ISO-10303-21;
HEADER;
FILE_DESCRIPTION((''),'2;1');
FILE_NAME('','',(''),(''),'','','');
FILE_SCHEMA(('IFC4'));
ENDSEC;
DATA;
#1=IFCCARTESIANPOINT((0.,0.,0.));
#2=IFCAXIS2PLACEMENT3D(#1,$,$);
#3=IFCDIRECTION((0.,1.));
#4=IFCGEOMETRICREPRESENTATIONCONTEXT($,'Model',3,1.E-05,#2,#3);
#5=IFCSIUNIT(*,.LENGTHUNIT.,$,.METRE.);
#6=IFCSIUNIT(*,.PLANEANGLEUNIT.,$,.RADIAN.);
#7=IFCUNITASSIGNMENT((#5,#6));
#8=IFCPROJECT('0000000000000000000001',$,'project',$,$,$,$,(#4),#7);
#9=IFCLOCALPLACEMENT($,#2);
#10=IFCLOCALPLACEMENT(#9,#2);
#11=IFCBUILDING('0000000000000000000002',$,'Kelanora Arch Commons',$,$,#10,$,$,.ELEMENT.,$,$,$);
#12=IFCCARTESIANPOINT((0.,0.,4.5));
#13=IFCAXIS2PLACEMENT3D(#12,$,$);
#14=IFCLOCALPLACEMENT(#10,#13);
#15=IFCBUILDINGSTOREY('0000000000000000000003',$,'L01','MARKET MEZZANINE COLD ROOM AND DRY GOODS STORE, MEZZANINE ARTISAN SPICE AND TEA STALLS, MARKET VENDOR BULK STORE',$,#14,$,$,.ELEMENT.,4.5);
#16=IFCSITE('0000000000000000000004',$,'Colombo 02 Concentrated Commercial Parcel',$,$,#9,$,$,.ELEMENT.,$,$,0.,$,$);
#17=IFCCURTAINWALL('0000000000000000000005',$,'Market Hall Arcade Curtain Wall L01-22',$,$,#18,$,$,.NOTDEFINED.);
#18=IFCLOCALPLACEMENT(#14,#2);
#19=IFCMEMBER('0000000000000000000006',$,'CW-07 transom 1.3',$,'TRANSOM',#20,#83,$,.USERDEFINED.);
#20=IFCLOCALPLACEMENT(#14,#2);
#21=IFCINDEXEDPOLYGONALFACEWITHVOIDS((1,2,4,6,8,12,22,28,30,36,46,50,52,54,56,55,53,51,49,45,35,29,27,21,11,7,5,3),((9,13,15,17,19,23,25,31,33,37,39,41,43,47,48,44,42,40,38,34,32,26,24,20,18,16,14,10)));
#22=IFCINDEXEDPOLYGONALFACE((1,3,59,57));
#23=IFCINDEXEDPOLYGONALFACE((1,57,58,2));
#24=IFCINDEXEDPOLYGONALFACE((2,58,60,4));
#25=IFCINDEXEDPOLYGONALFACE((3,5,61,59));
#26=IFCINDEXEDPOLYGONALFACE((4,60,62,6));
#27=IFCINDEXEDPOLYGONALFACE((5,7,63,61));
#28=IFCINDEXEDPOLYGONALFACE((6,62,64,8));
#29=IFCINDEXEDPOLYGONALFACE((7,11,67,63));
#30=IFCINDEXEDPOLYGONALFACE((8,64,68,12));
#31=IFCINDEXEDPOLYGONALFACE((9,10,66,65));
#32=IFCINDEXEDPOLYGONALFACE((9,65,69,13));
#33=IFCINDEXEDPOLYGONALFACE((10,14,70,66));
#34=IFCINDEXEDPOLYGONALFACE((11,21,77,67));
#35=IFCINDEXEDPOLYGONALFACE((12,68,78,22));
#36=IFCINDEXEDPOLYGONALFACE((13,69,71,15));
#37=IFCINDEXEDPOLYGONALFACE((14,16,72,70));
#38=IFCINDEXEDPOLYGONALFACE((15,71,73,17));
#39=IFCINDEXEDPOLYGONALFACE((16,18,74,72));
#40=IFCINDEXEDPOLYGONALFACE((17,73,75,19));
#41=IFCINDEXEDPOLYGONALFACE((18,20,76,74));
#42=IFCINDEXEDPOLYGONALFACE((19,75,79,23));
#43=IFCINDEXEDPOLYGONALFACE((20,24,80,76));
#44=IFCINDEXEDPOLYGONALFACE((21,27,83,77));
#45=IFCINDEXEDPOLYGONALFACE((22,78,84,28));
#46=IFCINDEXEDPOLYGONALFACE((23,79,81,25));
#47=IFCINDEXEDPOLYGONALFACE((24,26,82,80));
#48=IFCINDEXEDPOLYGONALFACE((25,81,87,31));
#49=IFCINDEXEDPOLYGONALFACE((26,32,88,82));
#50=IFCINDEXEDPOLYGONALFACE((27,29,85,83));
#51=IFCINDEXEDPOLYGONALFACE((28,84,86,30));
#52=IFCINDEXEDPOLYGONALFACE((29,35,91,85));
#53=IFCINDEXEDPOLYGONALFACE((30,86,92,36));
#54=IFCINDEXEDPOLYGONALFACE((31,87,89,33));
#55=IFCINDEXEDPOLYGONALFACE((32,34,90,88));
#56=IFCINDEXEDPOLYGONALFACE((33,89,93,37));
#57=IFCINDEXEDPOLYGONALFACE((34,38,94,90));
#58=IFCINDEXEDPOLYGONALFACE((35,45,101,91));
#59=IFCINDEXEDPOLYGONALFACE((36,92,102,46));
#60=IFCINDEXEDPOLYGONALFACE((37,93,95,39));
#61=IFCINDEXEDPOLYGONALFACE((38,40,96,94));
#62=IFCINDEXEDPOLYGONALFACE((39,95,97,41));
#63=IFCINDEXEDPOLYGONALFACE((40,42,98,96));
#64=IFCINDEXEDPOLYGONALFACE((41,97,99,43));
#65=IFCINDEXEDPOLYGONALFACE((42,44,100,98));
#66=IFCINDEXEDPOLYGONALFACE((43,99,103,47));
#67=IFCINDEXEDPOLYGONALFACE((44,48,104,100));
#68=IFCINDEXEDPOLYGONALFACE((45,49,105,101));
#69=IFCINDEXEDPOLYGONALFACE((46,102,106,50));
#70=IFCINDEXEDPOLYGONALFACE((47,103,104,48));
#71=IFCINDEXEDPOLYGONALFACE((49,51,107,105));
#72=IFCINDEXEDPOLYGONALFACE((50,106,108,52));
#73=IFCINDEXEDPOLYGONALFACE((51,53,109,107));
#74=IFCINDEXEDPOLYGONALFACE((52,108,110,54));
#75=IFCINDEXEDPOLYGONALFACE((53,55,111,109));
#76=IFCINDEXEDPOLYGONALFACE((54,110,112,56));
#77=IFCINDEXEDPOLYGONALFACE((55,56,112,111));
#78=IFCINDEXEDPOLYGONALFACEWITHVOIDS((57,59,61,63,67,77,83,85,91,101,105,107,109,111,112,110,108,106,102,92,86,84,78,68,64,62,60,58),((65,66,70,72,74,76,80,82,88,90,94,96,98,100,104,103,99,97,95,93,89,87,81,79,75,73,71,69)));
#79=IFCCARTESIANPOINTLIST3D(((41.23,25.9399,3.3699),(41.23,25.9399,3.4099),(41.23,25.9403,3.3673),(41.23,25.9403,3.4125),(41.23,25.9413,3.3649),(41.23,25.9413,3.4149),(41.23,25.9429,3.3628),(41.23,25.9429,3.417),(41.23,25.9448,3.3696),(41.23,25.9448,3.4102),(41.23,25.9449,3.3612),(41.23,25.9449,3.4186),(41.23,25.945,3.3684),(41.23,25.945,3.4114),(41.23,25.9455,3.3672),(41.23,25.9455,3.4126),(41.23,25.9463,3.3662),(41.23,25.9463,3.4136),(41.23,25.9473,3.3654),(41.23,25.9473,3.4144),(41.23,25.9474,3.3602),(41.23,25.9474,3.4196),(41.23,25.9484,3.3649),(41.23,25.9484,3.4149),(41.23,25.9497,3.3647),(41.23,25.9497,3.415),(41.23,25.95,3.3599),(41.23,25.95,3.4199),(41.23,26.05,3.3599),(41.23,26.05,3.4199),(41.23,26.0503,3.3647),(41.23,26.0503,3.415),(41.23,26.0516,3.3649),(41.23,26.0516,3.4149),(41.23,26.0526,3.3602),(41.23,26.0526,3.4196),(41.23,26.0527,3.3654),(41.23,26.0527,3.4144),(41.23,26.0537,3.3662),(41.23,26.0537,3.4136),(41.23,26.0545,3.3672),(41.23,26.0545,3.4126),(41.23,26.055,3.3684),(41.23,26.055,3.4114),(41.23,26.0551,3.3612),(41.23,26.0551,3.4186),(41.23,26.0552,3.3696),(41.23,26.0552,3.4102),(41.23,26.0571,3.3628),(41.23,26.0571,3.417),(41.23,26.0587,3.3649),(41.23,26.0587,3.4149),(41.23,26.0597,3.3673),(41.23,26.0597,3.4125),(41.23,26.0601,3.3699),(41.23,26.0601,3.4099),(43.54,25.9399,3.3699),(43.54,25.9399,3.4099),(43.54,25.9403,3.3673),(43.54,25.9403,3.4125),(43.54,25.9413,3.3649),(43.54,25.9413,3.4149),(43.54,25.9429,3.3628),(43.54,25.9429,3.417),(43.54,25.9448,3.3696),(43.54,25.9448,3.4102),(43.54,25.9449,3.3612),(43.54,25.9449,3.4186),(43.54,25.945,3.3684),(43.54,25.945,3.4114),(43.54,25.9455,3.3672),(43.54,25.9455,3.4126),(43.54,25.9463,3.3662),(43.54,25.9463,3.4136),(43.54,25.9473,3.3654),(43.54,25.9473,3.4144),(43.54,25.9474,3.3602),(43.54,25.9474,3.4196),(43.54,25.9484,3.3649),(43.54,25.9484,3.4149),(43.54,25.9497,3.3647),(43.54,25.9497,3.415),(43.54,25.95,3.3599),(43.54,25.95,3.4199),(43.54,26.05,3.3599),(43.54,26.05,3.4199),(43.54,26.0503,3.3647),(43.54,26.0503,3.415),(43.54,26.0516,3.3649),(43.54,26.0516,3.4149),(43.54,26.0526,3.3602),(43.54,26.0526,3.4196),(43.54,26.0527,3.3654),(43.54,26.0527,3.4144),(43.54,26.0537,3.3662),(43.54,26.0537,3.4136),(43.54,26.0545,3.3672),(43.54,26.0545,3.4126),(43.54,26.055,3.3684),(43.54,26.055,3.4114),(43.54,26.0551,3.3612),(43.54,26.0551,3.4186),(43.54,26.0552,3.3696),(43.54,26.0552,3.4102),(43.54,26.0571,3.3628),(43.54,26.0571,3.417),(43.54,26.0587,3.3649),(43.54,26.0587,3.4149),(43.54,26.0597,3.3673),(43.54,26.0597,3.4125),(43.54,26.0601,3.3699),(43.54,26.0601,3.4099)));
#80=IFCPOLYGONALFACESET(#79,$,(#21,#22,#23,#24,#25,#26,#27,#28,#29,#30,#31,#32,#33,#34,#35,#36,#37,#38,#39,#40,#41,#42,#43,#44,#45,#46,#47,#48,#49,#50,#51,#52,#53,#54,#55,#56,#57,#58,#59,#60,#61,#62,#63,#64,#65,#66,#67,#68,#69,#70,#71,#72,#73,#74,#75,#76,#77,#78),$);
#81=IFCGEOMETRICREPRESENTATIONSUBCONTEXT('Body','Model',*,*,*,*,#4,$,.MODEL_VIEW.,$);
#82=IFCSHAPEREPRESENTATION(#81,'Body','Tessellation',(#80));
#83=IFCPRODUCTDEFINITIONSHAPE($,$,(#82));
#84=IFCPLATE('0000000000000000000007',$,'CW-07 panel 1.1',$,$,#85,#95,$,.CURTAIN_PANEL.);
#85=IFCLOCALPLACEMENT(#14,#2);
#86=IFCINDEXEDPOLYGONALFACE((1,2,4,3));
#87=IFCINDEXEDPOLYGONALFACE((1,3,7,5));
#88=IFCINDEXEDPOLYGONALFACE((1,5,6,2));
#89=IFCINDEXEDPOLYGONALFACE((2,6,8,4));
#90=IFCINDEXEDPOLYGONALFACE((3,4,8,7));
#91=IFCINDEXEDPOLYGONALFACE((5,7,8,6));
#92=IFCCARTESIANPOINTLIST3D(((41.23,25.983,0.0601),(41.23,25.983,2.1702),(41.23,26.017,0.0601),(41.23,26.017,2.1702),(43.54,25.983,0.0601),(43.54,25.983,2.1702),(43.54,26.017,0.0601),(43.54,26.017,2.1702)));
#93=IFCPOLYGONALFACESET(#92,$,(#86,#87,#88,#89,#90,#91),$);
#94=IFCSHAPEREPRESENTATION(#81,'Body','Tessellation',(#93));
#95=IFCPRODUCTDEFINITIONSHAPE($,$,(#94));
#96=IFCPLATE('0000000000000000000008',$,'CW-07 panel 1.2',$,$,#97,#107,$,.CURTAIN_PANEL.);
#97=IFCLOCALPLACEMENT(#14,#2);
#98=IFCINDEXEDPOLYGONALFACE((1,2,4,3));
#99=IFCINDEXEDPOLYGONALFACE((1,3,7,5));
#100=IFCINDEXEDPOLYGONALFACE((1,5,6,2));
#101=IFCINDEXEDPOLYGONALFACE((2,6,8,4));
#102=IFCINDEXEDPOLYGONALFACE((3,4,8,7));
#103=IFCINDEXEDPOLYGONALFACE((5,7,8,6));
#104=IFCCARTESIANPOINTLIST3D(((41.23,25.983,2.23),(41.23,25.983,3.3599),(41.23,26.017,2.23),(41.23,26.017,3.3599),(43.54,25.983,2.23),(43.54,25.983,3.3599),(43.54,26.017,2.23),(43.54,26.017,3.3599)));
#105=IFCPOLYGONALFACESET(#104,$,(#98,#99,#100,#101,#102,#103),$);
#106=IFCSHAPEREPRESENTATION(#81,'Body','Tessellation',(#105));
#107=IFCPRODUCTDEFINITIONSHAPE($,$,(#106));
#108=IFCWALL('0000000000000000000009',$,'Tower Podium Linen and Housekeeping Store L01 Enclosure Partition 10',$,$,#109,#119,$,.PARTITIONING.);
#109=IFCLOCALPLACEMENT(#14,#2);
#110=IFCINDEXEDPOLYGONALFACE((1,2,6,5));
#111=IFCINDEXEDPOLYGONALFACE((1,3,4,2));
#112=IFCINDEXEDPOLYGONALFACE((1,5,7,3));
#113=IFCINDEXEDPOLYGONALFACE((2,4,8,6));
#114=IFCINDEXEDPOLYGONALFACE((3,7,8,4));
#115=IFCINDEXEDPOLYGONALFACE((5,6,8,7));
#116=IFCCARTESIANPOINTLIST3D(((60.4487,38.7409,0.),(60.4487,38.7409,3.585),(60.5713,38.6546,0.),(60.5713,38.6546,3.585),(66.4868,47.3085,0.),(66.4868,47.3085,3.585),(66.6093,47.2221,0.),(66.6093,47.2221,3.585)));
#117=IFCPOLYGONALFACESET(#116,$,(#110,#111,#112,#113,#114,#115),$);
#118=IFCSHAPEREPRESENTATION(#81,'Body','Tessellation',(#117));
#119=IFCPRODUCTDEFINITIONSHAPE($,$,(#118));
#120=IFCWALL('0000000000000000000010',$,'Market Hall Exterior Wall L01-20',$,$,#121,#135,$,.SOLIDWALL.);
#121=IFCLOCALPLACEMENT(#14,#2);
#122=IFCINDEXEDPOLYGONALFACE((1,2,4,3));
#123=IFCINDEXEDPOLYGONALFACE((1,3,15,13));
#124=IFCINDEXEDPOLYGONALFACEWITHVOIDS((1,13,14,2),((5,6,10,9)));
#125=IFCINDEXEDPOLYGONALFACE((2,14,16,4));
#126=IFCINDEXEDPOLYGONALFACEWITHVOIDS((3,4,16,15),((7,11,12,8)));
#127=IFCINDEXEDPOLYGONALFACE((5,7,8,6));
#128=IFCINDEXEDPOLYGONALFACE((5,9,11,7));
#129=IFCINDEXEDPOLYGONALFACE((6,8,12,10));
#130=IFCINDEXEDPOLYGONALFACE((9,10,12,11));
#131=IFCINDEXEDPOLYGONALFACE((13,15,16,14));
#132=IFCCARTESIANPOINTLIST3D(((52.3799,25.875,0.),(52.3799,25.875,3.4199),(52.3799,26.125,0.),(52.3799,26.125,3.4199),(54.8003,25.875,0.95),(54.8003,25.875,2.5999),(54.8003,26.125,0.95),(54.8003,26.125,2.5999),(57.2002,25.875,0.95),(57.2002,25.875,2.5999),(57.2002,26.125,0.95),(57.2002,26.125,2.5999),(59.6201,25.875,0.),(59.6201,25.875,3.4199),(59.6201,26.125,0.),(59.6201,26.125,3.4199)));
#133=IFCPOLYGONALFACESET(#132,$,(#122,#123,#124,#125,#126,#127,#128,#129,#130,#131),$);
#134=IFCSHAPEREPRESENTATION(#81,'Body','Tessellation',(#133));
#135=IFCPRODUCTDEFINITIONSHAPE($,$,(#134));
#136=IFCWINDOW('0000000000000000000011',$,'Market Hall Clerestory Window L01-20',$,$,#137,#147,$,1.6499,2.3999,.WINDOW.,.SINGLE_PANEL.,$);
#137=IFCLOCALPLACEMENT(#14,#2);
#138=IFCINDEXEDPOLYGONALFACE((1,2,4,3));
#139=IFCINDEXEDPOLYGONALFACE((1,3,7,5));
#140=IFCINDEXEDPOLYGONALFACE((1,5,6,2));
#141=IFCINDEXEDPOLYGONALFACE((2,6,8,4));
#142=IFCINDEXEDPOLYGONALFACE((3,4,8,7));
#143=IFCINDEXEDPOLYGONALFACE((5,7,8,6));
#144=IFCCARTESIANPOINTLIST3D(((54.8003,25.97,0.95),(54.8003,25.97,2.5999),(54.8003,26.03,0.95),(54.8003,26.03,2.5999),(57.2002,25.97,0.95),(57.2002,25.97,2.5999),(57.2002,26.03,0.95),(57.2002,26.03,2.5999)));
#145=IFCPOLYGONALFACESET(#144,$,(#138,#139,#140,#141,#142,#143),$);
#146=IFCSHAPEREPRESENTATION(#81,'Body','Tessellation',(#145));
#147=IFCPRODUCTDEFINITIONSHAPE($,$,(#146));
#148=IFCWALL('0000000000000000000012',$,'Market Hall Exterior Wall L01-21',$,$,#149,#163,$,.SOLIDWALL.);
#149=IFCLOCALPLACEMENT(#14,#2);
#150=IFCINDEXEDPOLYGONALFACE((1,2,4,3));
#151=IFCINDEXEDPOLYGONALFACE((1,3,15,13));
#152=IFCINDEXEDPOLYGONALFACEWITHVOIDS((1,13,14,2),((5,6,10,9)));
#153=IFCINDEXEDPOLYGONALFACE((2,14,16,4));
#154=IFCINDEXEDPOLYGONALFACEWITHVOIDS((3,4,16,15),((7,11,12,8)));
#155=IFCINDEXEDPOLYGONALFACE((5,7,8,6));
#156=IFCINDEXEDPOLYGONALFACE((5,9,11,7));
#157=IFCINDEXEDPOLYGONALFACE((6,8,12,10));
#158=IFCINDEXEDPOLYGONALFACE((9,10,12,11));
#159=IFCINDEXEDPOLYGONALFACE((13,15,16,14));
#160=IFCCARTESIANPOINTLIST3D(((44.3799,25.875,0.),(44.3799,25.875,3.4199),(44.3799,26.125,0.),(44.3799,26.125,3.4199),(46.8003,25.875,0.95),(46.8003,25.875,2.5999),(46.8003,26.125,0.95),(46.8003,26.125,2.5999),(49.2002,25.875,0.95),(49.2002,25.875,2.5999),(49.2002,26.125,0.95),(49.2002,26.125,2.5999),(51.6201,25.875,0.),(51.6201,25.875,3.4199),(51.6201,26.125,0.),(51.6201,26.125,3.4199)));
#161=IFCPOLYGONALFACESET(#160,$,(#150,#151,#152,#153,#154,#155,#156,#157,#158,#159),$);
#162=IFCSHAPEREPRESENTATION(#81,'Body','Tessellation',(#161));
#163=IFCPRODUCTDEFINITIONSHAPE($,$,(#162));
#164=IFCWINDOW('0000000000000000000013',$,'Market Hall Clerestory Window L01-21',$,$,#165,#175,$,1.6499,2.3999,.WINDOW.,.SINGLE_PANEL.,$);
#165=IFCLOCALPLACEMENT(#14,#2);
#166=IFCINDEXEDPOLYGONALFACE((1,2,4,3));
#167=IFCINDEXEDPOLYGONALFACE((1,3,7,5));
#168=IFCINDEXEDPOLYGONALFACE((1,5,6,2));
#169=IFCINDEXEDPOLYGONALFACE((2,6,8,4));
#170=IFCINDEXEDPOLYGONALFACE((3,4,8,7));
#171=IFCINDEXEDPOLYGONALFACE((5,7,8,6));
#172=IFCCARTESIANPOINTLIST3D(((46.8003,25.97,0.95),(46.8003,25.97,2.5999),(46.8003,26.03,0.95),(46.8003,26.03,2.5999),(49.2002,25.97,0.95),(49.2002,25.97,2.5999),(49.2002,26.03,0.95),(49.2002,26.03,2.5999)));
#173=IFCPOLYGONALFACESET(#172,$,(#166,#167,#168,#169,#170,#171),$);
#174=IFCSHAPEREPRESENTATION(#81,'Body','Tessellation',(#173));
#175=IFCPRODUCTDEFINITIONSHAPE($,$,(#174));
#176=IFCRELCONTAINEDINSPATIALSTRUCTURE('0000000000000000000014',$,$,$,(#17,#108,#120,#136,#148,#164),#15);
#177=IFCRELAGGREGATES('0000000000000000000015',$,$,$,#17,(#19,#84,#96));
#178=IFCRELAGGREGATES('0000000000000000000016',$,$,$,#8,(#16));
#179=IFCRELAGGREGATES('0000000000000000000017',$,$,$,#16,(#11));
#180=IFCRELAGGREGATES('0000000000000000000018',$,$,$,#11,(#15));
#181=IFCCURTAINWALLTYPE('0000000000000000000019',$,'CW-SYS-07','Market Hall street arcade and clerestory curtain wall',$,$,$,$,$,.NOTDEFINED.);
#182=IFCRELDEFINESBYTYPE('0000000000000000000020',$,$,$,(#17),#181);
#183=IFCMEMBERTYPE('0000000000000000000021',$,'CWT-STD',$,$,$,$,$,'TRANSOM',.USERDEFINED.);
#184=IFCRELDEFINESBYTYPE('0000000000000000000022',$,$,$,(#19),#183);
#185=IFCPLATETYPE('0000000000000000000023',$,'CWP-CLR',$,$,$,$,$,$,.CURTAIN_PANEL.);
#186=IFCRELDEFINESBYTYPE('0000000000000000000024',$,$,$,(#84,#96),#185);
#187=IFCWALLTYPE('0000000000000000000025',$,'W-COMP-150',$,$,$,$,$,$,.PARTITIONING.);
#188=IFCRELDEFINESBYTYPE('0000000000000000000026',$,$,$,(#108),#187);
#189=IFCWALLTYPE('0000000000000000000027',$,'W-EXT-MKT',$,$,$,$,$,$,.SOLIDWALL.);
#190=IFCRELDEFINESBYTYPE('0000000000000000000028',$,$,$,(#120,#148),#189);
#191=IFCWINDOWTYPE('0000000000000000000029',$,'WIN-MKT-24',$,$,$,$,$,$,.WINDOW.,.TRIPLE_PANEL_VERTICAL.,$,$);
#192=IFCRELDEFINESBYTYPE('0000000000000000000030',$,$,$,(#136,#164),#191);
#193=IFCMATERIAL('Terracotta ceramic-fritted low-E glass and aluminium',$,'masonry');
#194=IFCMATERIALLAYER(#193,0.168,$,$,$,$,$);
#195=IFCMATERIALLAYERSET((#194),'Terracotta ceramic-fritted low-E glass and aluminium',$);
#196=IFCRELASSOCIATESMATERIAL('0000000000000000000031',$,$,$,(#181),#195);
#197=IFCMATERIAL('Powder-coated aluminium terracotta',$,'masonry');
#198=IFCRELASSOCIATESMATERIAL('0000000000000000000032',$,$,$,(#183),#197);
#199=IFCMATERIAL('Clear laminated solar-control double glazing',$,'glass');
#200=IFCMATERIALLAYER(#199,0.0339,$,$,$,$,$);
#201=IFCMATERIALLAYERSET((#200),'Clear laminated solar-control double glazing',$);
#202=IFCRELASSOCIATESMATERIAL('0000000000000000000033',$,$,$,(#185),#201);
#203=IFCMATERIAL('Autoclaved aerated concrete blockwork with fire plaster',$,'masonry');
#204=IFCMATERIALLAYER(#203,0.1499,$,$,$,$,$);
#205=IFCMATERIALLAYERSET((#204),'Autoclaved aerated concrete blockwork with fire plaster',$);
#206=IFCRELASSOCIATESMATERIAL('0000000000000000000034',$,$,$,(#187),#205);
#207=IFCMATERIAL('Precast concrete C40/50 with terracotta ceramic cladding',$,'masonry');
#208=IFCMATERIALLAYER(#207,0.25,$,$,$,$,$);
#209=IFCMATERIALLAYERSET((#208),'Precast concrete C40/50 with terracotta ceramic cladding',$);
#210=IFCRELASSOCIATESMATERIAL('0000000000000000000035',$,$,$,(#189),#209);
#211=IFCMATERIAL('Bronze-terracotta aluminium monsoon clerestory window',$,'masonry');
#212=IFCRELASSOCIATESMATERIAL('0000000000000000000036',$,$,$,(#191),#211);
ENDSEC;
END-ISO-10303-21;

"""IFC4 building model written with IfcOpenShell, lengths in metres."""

from ifc_helpers import new_model, si_unit, direction, frame, frame_2d, origin, origin_2d, place, context, subcontext, project, spatial, rectangle, hollow_rectangle, extrude, source, transform, mapped, material, layer, layer_set, material_profile, profile_set, type_object, element, fill, aggregate, save


model = new_model("IFC4")

# Units and contexts
model_context = context("Model", 3, precision=1e-05, world=origin(), true_north=direction((0.0, 1.0)))
body_context = subcontext(model_context, "Body", "Model", "MODEL_VIEW")
ifc_project = project(units=[si_unit("LENGTHUNIT", "METRE"), si_unit("PLANEANGLEUNIT", "RADIAN")], contexts=[model_context])

# Site, building, storey
site_placement = place(None, origin())
site = spatial("IfcSite", under=ifc_project, at=site_placement, Name="Colombo 02 Concentrated Commercial Parcel", CompositionType="ELEMENT", RefElevation=0.0)
building_placement = place(site_placement, origin())
building = spatial("IfcBuilding", under=site, at=building_placement, Name="Kelanora Arch Commons", CompositionType="ELEMENT")
storey_placement = place(building_placement, frame((0.0, 0.0, 4.5)))
storey = spatial("IfcBuildingStorey", under=building, at=storey_placement, Name="L01", Description="MARKET MEZZANINE COLD ROOM AND DRY GOODS STORE, MEZZANINE ARTISAN SPICE AND TEA STALLS, MARKET VENDOR BULK STORE", CompositionType="ELEMENT", Elevation=4.5)

# Curtain wall, member, plates
ifc_material_1 = material(Name="Terracotta ceramic-fritted low-E glass and aluminium", Category="masonry")
ifc_layer_1 = layer(ifc_material_1, 0.168)
ifc_layer_set_1 = layer_set([ifc_layer_1], Name="Terracotta ceramic-fritted low-E glass and aluminium")
curtain_wall_type = type_object("IfcCurtainWallType", Name="CW-SYS-07", Description="Market Hall street arcade and clerestory curtain wall", PredefinedType="NOTDEFINED", material=ifc_layer_set_1)
curtain_wall_placement = place(storey_placement, origin())
curtain_wall = element("IfcCurtainWall", 1, at=curtain_wall_placement, inside=storey, type_object=curtain_wall_type, Name="Market Hall Arcade Curtain Wall L01-22", PredefinedType="NOTDEFINED")
ifc_material_2 = material(Name="Powder-coated aluminium terracotta", Category="masonry")
ifc_material_profile_1 = material_profile(ifc_material_2, hollow_rectangle(XDim=0.1201, YDim=0.0601, WallThickness=0.0049, InnerFilletRadius=0.0049, OuterFilletRadius=0.01, at=origin_2d()), Name="CWT120x60")
ifc_profile_set_1 = profile_set([ifc_material_profile_1], Name="Powder-coated aluminium terracotta")
member_type_1 = type_object("IfcMemberType", Name="CWT-STD", ElementType="TRANSOM", PredefinedType="USERDEFINED", material=ifc_profile_set_1)
member_1_placement = place(storey_placement, frame((43.54, 26.0, 3.3899), z_axis=(-1.0, 0.0, 0.0), x_axis=(0.0, -1.0, 0.0)))
member_1 = element("IfcMember", 2, at=member_1_placement, type_object=member_type_1, Name="CW-07 transom 1.3", ObjectType="TRANSOM", PredefinedType="USERDEFINED", context=body_context, shape_type="SweptSolid", body=[
    extrude(hollow_rectangle(XDim=0.1201, YDim=0.0601, WallThickness=0.0049, InnerFilletRadius=0.0049, OuterFilletRadius=0.01, at=origin_2d()), origin(), (0.0, 0.0, 1.0), 2.3101),
])
ifc_material_3 = material(Name="Clear laminated solar-control double glazing", Category="glass")
ifc_layer_2 = layer(ifc_material_3, 0.0339)
ifc_layer_set_2 = layer_set([ifc_layer_2], Name="Clear laminated solar-control double glazing")
plate_type = type_object("IfcPlateType", Name="CWP-CLR", PredefinedType="CURTAIN_PANEL", material=ifc_layer_set_2)
shared_shape_1 = source(origin(), body_context, "Body", "SweptSolid", [
    extrude(rectangle(XDim=2.3101, YDim=0.0339, at=origin_2d()), origin(), (0.0, 0.0, 1.0), 2.1101),
])
plate_1_placement = place(storey_placement, frame((42.385, 26.0, 0.0601), z_axis=(0.0, 0.0, 1.0), x_axis=(-1.0, 0.0, 0.0)))
plate_1 = element("IfcPlate", 3, at=plate_1_placement, type_object=plate_type, Name="CW-07 panel 1.1", PredefinedType="CURTAIN_PANEL", context=body_context, shape_type="MappedRepresentation", body=[
    mapped(shared_shape_1, transform((0.0, 0.0, 0.0), scale=1.0)),
])
shared_shape_2 = source(origin(), body_context, "Body", "SweptSolid", [
    extrude(rectangle(XDim=2.3101, YDim=0.0339, at=origin_2d()), origin(), (0.0, 0.0, 1.0), 1.1299),
])
plate_2_placement = place(storey_placement, frame((42.385, 26.0, 2.23), z_axis=(0.0, 0.0, 1.0), x_axis=(-1.0, 0.0, 0.0)))
plate_2 = element("IfcPlate", 4, at=plate_2_placement, type_object=plate_type, Name="CW-07 panel 1.2", PredefinedType="CURTAIN_PANEL", context=body_context, shape_type="MappedRepresentation", body=[
    mapped(shared_shape_2, transform((0.0, 0.0, 0.0), scale=1.0)),
])
aggregate(curtain_wall, [member_1, plate_1, plate_2])

# Wall
ifc_material_4 = material(Name="Autoclaved aerated concrete blockwork with fire plaster", Category="masonry")
ifc_layer_3 = layer(ifc_material_4, 0.1499)
ifc_layer_set_3 = layer_set([ifc_layer_3], Name="Autoclaved aerated concrete blockwork with fire plaster")
wall_type_1 = type_object("IfcWallType", Name="W-COMP-150", PredefinedType="PARTITIONING", material=ifc_layer_set_3)
wall_1_placement = place(storey_placement, frame((60.51, 38.6978, 0.0), z_axis=(0.0, 0.0, 1.0), x_axis=(0.576069, 0.817401, 0.0)))
element("IfcWall", 5, at=wall_1_placement, inside=storey, type_object=wall_type_1, Name="Tower Podium Linen and Housekeeping Store L01 Enclosure Partition 10", PredefinedType="PARTITIONING", context=body_context, shape_type="SweptSolid", body=[
    extrude(rectangle(XDim=10.4814, YDim=0.1499, at=frame_2d((5.2407, 0.0))), origin(), (0.0, 0.0, 1.0), 3.585),
])

# Walls, openings, windows
ifc_material_5 = material(Name="Precast concrete C40/50 with terracotta ceramic cladding", Category="masonry")
ifc_layer_4 = layer(ifc_material_5, 0.25)
ifc_layer_set_4 = layer_set([ifc_layer_4], Name="Precast concrete C40/50 with terracotta ceramic cladding")
wall_type_2 = type_object("IfcWallType", Name="W-EXT-MKT", PredefinedType="SOLIDWALL", material=ifc_layer_set_4)
wall_2_placement = place(storey_placement, frame((59.6201, 26.0, 0.0), z_axis=(0.0, 0.0, 1.0), x_axis=(-1.0, 0.0, 0.0)))
wall_2 = element("IfcWall", 6, at=wall_2_placement, inside=storey, type_object=wall_type_2, Name="Market Hall Exterior Wall L01-20", PredefinedType="SOLIDWALL", context=body_context, shape_type="SweptSolid", body=[
    extrude(rectangle(XDim=7.2402, YDim=0.25, at=frame_2d((3.6201, 0.0))), origin(), (0.0, 0.0, 1.0), 3.4199),
])
opening_1_placement = place(wall_2_placement, frame((2.4199, 0.0, 0.95)))
opening_1 = element("IfcOpeningElement", 7, at=opening_1_placement, cuts=wall_2, PredefinedType="OPENING", context=body_context, shape_type="SweptSolid", body=[
    extrude(rectangle(XDim=2.3999, YDim=1.6499, at=frame_2d((1.2, 0.825))), frame((0.0, 0.135, 0.0), z_axis=(0.0, -1.0, 0.0), x_axis=(1.0, 0.0, 0.0)), (0.0, 0.0, 1.0), 0.27),
])
ifc_material_6 = material(Name="Bronze-terracotta aluminium monsoon clerestory window", Category="masonry")
window_type_1 = type_object("IfcWindowType", Name="WIN-MKT-24", PartitioningType="TRIPLE_PANEL_VERTICAL", PredefinedType="WINDOW", material=ifc_material_6)
window_1_placement = place(opening_1_placement, origin())
window_1 = element("IfcWindow", 8, at=window_1_placement, inside=storey, type_object=window_type_1, Name="Market Hall Clerestory Window L01-20", OverallHeight=1.6499, OverallWidth=2.3999, PartitioningType="SINGLE_PANEL", PredefinedType="WINDOW", context=body_context, shape_type="SweptSolid", body=[
    extrude(rectangle(XDim=2.3999, YDim=1.6499, at=frame_2d((1.2, 0.825))), frame((0.0, 0.03, 0.0), z_axis=(0.0, -1.0, 0.0), x_axis=(1.0, 0.0, 0.0)), (0.0, 0.0, 1.0), 0.0601),
])
fill(opening_1, window_1)
wall_3_placement = place(storey_placement, frame((51.6201, 26.0, 0.0), z_axis=(0.0, 0.0, 1.0), x_axis=(-1.0, 0.0, 0.0)))
wall_3 = element("IfcWall", 9, at=wall_3_placement, inside=storey, type_object=wall_type_2, Name="Market Hall Exterior Wall L01-21", PredefinedType="SOLIDWALL", context=body_context, shape_type="SweptSolid", body=[
    extrude(rectangle(XDim=7.2402, YDim=0.25, at=frame_2d((3.6201, 0.0))), origin(), (0.0, 0.0, 1.0), 3.4199),
])
opening_2_placement = place(wall_3_placement, frame((2.4199, 0.0, 0.95)))
opening_2 = element("IfcOpeningElement", 10, at=opening_2_placement, cuts=wall_3, PredefinedType="OPENING", context=body_context, shape_type="SweptSolid", body=[
    extrude(rectangle(XDim=2.3999, YDim=1.6499, at=frame_2d((1.2, 0.825))), frame((0.0, 0.135, 0.0), z_axis=(0.0, -1.0, 0.0), x_axis=(1.0, 0.0, 0.0)), (0.0, 0.0, 1.0), 0.27),
])
window_2_placement = place(opening_2_placement, origin())
window_2 = element("IfcWindow", 11, at=window_2_placement, inside=storey, type_object=window_type_1, Name="Market Hall Clerestory Window L01-21", OverallHeight=1.6499, OverallWidth=2.3999, PartitioningType="SINGLE_PANEL", PredefinedType="WINDOW", context=body_context, shape_type="SweptSolid", body=[
    extrude(rectangle(XDim=2.3999, YDim=1.6499, at=frame_2d((1.2, 0.825))), frame((0.0, 0.03, 0.0), z_axis=(0.0, -1.0, 0.0), x_axis=(1.0, 0.0, 0.0)), (0.0, 0.0, 1.0), 0.0601),
])
fill(opening_2, window_2)

save(model, "model.ifc")
